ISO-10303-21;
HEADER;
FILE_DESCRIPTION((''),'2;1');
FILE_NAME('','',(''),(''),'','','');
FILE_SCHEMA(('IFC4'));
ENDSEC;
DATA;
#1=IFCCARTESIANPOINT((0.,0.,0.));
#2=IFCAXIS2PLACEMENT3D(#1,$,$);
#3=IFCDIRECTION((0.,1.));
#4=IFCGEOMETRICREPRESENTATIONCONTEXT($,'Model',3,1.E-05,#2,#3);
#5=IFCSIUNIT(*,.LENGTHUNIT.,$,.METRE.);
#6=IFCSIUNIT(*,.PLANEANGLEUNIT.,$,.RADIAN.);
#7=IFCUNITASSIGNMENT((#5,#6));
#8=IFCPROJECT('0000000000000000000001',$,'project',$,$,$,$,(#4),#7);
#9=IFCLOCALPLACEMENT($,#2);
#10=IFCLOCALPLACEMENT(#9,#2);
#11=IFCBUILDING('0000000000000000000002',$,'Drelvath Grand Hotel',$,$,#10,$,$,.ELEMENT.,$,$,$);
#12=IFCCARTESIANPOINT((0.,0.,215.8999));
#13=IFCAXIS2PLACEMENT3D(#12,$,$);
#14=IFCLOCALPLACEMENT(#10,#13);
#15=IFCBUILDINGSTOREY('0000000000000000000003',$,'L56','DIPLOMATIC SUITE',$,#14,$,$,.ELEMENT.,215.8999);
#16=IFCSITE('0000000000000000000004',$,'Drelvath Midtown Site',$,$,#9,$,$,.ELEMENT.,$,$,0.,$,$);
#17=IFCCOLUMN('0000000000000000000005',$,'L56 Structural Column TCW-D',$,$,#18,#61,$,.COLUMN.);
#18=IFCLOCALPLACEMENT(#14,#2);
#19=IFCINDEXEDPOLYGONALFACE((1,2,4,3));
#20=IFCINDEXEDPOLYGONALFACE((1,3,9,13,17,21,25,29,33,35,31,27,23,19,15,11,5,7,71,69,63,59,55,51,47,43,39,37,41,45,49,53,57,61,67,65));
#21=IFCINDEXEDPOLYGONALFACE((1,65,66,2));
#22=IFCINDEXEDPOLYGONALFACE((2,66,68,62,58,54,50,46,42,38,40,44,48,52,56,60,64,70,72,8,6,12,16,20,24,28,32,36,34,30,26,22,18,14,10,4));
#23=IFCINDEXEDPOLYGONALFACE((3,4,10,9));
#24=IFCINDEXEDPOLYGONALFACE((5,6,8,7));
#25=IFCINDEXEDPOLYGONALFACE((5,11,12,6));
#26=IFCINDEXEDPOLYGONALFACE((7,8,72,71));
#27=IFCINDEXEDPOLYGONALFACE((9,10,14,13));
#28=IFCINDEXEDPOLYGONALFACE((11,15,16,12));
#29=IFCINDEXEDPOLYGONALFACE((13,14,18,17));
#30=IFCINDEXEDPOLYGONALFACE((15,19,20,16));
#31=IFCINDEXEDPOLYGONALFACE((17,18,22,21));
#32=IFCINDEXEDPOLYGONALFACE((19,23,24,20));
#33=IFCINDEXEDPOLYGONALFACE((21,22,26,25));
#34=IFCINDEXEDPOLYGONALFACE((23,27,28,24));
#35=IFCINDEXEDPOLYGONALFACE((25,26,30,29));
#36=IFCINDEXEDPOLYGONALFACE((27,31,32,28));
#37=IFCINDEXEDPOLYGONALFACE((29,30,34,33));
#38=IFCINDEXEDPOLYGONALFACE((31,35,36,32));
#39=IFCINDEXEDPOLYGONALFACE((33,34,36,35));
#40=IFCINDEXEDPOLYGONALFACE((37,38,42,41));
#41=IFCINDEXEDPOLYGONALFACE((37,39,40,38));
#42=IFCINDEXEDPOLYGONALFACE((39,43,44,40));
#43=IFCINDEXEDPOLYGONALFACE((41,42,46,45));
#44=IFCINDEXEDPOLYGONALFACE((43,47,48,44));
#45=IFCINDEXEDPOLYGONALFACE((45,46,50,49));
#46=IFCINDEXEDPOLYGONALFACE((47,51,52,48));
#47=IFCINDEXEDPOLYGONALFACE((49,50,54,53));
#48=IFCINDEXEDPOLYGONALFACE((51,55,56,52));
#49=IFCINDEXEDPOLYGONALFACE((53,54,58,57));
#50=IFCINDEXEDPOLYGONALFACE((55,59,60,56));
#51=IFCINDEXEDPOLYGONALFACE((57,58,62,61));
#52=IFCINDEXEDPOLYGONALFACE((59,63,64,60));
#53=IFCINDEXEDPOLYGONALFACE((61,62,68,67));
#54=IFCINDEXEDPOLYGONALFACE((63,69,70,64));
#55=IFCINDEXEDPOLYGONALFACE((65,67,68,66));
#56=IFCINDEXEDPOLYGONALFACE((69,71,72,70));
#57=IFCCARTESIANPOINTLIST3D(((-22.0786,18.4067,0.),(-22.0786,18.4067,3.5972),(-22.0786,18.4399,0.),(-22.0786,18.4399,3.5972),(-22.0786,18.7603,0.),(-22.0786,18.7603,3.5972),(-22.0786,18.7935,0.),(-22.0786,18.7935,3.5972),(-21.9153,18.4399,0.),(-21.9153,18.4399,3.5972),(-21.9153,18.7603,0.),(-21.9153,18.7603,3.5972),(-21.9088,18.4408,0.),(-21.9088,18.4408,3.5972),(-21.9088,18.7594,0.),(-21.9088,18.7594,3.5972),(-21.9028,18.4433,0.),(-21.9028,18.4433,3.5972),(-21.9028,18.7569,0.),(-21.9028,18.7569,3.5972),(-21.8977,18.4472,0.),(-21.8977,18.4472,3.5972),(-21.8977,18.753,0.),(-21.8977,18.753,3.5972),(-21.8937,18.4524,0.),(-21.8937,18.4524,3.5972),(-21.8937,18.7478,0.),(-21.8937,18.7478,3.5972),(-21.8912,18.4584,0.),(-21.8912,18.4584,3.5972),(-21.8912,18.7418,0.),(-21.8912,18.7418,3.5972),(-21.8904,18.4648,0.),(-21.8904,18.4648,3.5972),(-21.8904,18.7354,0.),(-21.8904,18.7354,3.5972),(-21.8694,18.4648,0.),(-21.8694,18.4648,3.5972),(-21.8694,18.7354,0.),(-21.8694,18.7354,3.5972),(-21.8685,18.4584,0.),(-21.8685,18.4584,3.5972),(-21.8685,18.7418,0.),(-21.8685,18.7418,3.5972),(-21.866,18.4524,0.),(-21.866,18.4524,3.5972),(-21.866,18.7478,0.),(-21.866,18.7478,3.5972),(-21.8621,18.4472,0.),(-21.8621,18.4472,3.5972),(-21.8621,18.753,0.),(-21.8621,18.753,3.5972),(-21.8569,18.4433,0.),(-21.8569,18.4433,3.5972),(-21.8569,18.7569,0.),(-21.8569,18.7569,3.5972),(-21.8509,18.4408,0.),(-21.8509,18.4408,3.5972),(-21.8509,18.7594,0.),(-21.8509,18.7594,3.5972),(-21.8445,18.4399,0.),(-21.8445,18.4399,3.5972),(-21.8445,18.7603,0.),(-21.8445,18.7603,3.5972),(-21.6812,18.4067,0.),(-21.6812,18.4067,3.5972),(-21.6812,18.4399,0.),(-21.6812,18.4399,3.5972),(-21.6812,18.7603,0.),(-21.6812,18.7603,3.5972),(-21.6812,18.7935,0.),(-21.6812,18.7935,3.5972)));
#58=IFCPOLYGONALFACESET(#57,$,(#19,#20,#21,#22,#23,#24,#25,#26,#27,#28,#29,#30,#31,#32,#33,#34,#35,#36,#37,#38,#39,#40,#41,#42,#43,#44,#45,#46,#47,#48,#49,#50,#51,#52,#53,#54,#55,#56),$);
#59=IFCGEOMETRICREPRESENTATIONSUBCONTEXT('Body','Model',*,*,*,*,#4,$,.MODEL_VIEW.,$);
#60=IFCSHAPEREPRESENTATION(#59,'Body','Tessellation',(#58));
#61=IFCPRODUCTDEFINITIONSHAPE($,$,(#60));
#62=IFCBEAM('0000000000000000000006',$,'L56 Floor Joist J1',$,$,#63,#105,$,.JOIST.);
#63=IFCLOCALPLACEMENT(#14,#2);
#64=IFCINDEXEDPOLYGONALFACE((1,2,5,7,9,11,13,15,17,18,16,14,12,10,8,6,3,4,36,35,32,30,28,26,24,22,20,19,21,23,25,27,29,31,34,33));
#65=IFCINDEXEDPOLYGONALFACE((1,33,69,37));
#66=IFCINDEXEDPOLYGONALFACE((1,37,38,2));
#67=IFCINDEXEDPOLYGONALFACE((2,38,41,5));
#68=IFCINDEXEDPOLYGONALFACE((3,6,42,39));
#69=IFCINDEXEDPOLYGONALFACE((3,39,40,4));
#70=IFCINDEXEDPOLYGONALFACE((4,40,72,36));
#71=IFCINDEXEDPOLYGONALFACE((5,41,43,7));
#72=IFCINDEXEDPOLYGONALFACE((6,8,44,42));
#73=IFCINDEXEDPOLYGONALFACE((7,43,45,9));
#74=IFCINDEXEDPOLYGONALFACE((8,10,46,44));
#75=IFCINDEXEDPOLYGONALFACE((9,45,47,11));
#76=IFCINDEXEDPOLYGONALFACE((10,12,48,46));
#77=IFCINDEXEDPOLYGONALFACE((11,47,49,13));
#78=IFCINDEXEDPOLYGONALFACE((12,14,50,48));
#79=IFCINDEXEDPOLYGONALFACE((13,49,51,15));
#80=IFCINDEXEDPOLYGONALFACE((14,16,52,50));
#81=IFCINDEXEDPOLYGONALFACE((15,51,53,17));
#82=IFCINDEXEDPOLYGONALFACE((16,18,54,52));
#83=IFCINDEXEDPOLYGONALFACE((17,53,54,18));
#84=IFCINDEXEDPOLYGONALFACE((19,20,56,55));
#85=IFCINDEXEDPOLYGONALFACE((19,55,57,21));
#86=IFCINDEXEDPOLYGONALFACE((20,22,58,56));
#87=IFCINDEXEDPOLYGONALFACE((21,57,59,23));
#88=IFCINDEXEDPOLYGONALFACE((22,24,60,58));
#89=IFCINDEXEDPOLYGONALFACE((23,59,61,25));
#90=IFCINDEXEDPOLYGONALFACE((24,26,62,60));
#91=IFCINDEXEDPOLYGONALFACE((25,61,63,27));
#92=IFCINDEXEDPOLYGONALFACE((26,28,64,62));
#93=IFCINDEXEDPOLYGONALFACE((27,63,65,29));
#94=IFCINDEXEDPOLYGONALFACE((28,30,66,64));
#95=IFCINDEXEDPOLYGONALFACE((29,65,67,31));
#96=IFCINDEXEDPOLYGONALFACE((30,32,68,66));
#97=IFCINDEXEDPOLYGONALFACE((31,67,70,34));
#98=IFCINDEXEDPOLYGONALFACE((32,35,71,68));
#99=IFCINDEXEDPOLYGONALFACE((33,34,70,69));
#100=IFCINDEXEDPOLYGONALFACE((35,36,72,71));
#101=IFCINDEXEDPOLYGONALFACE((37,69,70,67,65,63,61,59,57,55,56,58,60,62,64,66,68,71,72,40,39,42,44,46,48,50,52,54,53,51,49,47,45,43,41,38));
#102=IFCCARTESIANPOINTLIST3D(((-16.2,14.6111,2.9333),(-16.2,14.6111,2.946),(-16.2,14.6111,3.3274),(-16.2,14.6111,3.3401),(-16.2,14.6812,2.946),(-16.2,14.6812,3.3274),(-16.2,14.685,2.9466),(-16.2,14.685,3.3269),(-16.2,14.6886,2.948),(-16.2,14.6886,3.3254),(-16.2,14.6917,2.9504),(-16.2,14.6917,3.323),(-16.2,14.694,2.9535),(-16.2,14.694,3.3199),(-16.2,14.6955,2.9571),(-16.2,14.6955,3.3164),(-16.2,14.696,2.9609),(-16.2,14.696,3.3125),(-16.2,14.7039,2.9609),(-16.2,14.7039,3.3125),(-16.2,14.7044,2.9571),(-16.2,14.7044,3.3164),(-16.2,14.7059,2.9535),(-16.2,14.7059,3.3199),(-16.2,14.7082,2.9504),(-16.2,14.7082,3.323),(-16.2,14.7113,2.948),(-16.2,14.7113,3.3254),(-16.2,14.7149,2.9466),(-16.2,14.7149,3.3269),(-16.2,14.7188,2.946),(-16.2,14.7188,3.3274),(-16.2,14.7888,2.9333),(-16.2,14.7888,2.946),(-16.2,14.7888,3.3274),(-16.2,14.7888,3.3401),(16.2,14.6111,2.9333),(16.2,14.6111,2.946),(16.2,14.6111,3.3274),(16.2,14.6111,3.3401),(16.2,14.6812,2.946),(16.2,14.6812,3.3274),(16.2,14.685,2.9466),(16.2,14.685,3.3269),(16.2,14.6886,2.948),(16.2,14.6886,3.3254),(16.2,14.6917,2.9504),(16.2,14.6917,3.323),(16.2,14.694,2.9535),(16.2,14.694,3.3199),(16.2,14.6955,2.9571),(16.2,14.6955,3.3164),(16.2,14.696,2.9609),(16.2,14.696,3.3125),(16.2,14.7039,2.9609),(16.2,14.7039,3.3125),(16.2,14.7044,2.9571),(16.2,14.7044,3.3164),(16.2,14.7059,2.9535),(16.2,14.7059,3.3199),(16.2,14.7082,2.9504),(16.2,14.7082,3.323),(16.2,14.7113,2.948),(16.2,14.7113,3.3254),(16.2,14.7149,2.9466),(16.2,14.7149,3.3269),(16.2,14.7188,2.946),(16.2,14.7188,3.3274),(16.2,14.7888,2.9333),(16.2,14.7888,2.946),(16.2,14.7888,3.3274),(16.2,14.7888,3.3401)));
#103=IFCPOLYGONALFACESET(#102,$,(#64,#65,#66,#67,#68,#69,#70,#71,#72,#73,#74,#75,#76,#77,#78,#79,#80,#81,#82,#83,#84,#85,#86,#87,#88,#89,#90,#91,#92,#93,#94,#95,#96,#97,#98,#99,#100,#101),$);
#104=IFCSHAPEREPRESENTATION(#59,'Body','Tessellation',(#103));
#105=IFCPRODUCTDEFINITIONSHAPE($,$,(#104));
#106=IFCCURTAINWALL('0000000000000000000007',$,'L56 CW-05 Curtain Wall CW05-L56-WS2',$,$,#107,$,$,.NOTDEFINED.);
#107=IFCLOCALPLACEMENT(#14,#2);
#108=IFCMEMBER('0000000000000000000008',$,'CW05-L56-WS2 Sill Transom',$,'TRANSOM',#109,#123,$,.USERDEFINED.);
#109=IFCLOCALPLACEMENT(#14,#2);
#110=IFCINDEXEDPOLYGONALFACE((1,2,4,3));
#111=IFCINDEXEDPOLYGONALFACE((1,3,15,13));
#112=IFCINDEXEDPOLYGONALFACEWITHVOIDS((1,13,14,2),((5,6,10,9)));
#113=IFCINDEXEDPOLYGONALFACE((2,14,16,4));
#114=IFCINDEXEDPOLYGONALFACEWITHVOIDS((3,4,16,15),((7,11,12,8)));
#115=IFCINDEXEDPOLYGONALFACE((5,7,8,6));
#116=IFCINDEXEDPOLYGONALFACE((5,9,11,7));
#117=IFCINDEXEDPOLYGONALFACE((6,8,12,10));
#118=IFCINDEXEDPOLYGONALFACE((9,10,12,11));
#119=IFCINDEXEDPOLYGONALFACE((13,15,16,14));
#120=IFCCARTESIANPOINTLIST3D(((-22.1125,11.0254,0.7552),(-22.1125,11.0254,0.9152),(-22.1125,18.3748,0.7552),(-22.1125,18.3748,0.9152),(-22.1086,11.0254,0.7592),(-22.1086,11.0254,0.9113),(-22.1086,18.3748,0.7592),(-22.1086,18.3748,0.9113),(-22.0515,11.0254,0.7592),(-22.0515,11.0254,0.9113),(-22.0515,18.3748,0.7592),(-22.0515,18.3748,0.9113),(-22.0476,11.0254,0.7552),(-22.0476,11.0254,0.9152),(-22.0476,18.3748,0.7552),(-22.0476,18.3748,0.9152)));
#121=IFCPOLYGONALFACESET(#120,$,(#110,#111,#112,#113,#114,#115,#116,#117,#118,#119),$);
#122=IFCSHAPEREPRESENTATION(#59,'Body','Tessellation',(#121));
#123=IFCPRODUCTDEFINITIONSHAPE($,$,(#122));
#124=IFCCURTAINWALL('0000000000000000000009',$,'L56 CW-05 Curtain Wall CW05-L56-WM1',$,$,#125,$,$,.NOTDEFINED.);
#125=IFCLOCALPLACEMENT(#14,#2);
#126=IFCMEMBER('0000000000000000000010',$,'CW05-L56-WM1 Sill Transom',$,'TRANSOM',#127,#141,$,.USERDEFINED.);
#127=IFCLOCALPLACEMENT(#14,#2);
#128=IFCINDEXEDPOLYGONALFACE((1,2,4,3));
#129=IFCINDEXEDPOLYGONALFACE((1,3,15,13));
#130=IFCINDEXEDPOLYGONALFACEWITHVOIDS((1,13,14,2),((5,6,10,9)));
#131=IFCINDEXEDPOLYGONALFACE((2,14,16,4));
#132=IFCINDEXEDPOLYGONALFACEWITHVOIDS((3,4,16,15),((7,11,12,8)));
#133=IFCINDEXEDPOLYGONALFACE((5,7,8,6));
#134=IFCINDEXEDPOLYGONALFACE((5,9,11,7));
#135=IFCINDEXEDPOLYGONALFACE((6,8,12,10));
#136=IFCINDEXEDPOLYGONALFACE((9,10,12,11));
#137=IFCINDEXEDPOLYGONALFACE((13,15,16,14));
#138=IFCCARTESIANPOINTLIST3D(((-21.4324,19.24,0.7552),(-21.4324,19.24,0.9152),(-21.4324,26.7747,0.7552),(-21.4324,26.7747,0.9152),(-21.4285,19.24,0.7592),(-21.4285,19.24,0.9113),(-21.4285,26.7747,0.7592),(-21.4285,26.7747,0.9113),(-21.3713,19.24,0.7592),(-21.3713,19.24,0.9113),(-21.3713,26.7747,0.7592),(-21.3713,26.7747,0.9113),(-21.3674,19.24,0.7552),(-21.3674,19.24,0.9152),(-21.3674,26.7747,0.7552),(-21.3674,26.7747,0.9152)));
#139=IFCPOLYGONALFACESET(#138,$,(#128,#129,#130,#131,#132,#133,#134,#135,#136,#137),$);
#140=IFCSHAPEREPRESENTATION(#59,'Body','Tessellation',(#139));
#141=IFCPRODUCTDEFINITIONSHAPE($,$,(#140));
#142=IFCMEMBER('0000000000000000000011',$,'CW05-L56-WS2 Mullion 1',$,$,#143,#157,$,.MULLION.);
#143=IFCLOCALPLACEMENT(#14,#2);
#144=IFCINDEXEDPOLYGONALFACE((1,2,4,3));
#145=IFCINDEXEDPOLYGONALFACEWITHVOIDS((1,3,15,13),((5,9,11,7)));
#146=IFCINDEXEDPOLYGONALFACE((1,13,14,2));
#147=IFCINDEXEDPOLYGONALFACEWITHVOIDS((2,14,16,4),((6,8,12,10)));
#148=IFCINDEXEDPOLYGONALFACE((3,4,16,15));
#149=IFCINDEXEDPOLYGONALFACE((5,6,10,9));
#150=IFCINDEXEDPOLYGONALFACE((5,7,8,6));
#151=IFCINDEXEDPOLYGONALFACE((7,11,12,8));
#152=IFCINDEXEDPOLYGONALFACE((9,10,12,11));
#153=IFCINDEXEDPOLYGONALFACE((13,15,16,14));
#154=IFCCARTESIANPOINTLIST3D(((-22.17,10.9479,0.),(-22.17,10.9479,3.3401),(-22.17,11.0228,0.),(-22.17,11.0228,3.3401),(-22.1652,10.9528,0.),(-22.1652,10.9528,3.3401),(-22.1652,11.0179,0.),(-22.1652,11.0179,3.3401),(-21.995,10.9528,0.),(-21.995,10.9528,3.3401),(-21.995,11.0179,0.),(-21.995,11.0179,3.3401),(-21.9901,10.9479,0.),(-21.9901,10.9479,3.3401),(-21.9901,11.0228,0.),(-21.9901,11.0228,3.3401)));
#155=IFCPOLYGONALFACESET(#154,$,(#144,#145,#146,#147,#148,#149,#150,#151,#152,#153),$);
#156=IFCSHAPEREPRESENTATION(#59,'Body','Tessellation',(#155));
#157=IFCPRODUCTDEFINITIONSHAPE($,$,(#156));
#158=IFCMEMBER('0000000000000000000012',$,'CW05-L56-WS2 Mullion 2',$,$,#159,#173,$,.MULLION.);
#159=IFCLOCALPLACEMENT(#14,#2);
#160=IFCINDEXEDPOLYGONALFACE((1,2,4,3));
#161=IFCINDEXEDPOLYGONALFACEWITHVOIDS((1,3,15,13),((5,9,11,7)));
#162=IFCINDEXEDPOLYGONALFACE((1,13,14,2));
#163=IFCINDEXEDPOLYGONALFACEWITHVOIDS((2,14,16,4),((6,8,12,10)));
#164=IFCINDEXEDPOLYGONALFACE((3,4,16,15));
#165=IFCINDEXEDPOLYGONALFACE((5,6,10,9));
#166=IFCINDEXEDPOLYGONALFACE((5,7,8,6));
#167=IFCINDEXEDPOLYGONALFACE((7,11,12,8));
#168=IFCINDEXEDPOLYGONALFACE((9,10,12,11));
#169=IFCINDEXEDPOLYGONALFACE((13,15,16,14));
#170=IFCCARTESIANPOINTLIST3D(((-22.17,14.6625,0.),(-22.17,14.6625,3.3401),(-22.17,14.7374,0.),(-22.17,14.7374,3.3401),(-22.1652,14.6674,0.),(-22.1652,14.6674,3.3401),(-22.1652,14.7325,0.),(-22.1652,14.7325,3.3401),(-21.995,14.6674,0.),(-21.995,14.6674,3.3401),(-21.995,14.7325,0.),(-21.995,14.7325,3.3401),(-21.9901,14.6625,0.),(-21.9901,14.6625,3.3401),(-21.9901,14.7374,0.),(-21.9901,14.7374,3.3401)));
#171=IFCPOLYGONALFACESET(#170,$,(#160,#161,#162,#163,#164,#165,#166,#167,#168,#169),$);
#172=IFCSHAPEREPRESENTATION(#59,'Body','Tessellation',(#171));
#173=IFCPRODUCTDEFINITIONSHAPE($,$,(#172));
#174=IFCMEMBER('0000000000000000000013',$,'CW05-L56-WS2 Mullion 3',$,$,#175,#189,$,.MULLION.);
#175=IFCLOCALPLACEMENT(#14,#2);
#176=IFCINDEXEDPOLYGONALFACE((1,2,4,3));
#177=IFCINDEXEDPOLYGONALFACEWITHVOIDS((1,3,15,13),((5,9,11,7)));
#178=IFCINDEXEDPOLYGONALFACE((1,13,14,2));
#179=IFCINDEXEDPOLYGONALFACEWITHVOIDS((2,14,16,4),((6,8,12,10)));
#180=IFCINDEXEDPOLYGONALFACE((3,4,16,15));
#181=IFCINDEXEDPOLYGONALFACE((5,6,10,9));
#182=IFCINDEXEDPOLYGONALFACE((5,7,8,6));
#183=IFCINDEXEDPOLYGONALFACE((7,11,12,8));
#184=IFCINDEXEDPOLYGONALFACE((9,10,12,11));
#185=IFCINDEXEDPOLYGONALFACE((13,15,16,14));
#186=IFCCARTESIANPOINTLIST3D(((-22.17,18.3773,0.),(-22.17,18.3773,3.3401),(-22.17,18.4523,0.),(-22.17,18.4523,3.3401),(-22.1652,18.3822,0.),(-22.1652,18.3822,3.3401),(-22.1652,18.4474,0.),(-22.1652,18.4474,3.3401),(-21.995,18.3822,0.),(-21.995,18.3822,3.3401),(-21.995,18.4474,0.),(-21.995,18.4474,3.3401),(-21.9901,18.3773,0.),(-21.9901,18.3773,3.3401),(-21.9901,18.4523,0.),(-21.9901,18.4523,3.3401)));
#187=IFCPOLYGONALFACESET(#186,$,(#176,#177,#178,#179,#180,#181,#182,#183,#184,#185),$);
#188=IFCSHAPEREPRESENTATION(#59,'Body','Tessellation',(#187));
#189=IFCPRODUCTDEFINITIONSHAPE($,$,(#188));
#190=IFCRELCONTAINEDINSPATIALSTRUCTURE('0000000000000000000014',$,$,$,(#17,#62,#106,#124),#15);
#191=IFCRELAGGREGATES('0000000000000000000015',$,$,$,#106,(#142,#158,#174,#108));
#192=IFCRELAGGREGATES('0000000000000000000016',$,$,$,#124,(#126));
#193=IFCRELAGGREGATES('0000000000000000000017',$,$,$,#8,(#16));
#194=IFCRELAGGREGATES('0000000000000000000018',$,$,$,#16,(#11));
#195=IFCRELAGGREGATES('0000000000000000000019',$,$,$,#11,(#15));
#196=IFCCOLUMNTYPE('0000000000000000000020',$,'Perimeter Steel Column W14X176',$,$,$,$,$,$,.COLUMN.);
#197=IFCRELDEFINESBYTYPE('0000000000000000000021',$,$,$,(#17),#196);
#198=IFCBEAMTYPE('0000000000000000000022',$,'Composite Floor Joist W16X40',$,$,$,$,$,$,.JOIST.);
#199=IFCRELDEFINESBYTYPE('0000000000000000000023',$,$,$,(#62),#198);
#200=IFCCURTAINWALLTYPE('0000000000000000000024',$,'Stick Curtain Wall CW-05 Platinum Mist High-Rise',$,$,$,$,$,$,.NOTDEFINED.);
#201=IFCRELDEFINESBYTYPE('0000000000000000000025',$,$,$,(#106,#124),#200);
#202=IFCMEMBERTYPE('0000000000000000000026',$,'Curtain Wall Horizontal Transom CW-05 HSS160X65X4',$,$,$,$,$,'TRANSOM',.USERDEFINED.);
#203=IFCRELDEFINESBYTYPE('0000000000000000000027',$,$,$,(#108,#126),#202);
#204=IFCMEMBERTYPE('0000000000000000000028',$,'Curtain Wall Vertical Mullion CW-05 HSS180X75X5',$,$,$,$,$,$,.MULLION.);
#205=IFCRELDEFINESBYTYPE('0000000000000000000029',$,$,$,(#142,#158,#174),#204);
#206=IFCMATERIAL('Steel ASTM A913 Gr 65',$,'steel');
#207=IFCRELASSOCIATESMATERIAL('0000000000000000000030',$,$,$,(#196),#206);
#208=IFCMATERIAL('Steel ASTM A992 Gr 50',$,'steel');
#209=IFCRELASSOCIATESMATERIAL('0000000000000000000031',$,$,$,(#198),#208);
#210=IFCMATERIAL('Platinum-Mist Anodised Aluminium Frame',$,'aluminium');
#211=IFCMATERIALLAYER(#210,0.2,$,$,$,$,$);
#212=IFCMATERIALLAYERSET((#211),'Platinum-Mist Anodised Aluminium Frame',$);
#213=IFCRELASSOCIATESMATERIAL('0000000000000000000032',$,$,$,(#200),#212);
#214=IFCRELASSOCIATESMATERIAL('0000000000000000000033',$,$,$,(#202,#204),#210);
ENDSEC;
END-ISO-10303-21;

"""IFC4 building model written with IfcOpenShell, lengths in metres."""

from ifc_helpers import new_model, si_unit, direction, frame, origin, origin_2d, place, context, subcontext, project, spatial, hollow_rectangle, i_section, extrude, material, layer, layer_set, material_profile, profile_set, type_object, element, aggregate, save


model = new_model("IFC4")

# Units and contexts
model_context = context("Model", 3, precision=1e-05, world=origin(), true_north=direction((0.0, 1.0)))
body_context = subcontext(model_context, "Body", "Model", "MODEL_VIEW")
ifc_project = project(units=[si_unit("LENGTHUNIT", "METRE"), si_unit("PLANEANGLEUNIT", "RADIAN")], contexts=[model_context])

# Site, building, storey
site_placement = place(None, origin())
site = spatial("IfcSite", under=ifc_project, at=site_placement, Name="Drelvath Midtown Site", CompositionType="ELEMENT", RefElevation=0.0)
building_placement = place(site_placement, origin())
building = spatial("IfcBuilding", under=site, at=building_placement, Name="Drelvath Grand Hotel", CompositionType="ELEMENT")
storey_placement = place(building_placement, frame((0.0, 0.0, 215.8999)))
storey = spatial("IfcBuildingStorey", under=building, at=storey_placement, Name="L56", Description="DIPLOMATIC SUITE", CompositionType="ELEMENT", Elevation=215.8999)

# Column
ifc_material_1 = material(Name="Steel ASTM A913 Gr 65", Category="steel")
ifc_material_profile_1 = material_profile(ifc_material_1, i_section(OverallWidth=0.3975, OverallDepth=0.3867, WebThickness=0.021, FlangeThickness=0.0332, FilletRadius=0.0249, at=origin_2d()), Name="W14X176")
ifc_profile_set_1 = profile_set([ifc_material_profile_1], Name="Steel ASTM A913 Gr 65")
column_type = type_object("IfcColumnType", Name="Perimeter Steel Column W14X176", PredefinedType="COLUMN", material=ifc_profile_set_1)
column_placement = place(storey_placement, frame((-21.8799, 18.6001, 0.0), z_axis=(0.0, 0.0, 1.0), x_axis=(1.0, 0.0, 0.0)))
element("IfcColumn", 1, at=column_placement, inside=storey, type_object=column_type, Name="L56 Structural Column TCW-D", PredefinedType="COLUMN", context=body_context, shape_type="SweptSolid", body=[
    extrude(i_section(OverallWidth=0.3975, OverallDepth=0.3867, WebThickness=0.021, FlangeThickness=0.0332, FilletRadius=0.0249, at=origin_2d()), origin(), (0.0, 0.0, 1.0), 3.5972),
])

# Beam
ifc_material_2 = material(Name="Steel ASTM A992 Gr 50", Category="steel")
ifc_material_profile_2 = material_profile(ifc_material_2, i_section(OverallWidth=0.1777, OverallDepth=0.4067, WebThickness=0.0078, FlangeThickness=0.0127, FilletRadius=0.0149, at=origin_2d()), Name="W16X40")
ifc_profile_set_2 = profile_set([ifc_material_profile_2], Name="Steel ASTM A992 Gr 50")
beam_type_1 = type_object("IfcBeamType", Name="Composite Floor Joist W16X40", PredefinedType="JOIST", material=ifc_profile_set_2)
beam_1_placement = place(storey_placement, frame((-16.2, 14.7, 3.1367), z_axis=(1.0, 0.0, 0.0), x_axis=(0.0, 1.0, 0.0)))
element("IfcBeam", 2, at=beam_1_placement, inside=storey, type_object=beam_type_1, Name="L56 Floor Joist J1", PredefinedType="JOIST", context=body_context, shape_type="SweptSolid", body=[
    extrude(i_section(OverallWidth=0.1777, OverallDepth=0.4067, WebThickness=0.0078, FlangeThickness=0.0127, FilletRadius=0.0149, at=origin_2d()), origin(), (0.0, 0.0, 1.0), 32.3999),
])

# Curtain walls, members
ifc_material_3 = material(Name="Platinum-Mist Anodised Aluminium Frame", Category="aluminium")
ifc_layer_1 = layer(ifc_material_3, 0.2)
ifc_layer_set_1 = layer_set([ifc_layer_1], Name="Platinum-Mist Anodised Aluminium Frame")
curtain_wall_type = type_object("IfcCurtainWallType", Name="Stick Curtain Wall CW-05 Platinum Mist High-Rise", PredefinedType="NOTDEFINED", material=ifc_layer_set_1)
curtain_wall_1_placement = place(storey_placement, origin())
curtain_wall_1 = element("IfcCurtainWall", 3, at=curtain_wall_1_placement, inside=storey, type_object=curtain_wall_type, Name="L56 CW-05 Curtain Wall CW05-L56-WS2", PredefinedType="NOTDEFINED")
ifc_material_profile_3 = material_profile(ifc_material_3, hollow_rectangle(XDim=0.0649, YDim=0.1599, WallThickness=0.0039, at=origin_2d()), Name="HSS160X65X4")
ifc_profile_set_3 = profile_set([ifc_material_profile_3], Name="Platinum-Mist Anodised Aluminium Frame")
member_type_1 = type_object("IfcMemberType", Name="Curtain Wall Horizontal Transom CW-05 HSS160X65X4", ElementType="TRANSOM", PredefinedType="USERDEFINED", material=ifc_profile_set_3)
member_1_placement = place(storey_placement, frame((-22.0801, 11.0254, 0.8352), z_axis=(0.0, 1.0, 0.0), x_axis=(-1.0, 0.0, 0.0)))
member_1 = element("IfcMember", 4, at=member_1_placement, type_object=member_type_1, Name="CW05-L56-WS2 Sill Transom", ObjectType="TRANSOM", PredefinedType="USERDEFINED", context=body_context, shape_type="SweptSolid", body=[
    extrude(hollow_rectangle(XDim=0.0649, YDim=0.1599, WallThickness=0.0039, at=origin_2d()), origin(), (0.0, 0.0, 1.0), 7.3494),
])
curtain_wall_2_placement = place(storey_placement, origin())
curtain_wall_2 = element("IfcCurtainWall", 5, at=curtain_wall_2_placement, inside=storey, type_object=curtain_wall_type, Name="L56 CW-05 Curtain Wall CW05-L56-WM1", PredefinedType="NOTDEFINED")
member_2_placement = place(storey_placement, frame((-21.3999, 19.24, 0.8352), z_axis=(0.0, 1.0, 0.0), x_axis=(-1.0, 0.0, 0.0)))
member_2 = element("IfcMember", 6, at=member_2_placement, type_object=member_type_1, Name="CW05-L56-WM1 Sill Transom", ObjectType="TRANSOM", PredefinedType="USERDEFINED", context=body_context, shape_type="SweptSolid", body=[
    extrude(hollow_rectangle(XDim=0.0649, YDim=0.1599, WallThickness=0.0039, at=origin_2d()), origin(), (0.0, 0.0, 1.0), 7.5347),
])

# Members
ifc_material_profile_4 = material_profile(ifc_material_3, hollow_rectangle(XDim=0.075, YDim=0.1799, WallThickness=0.0049, at=origin_2d()), Name="HSS180X75X5")
ifc_profile_set_4 = profile_set([ifc_material_profile_4], Name="Platinum-Mist Anodised Aluminium Frame")
member_type_2 = type_object("IfcMemberType", Name="Curtain Wall Vertical Mullion CW-05 HSS180X75X5", PredefinedType="MULLION", material=ifc_profile_set_4)
member_3_placement = place(storey_placement, frame((-22.0801, 10.9854, 0.0), z_axis=(0.0, 0.0, 1.0), x_axis=(0.0, 1.0, 0.0)))
member_3 = element("IfcMember", 7, at=member_3_placement, type_object=member_type_2, Name="CW05-L56-WS2 Mullion 1", PredefinedType="MULLION", context=body_context, shape_type="SweptSolid", body=[
    extrude(hollow_rectangle(XDim=0.075, YDim=0.1799, WallThickness=0.0049, at=origin_2d()), origin(), (0.0, 0.0, 1.0), 3.3401),
])
member_4_placement = place(storey_placement, frame((-22.0801, 14.7, 0.0), z_axis=(0.0, 0.0, 1.0), x_axis=(0.0, 1.0, 0.0)))
member_4 = element("IfcMember", 8, at=member_4_placement, type_object=member_type_2, Name="CW05-L56-WS2 Mullion 2", PredefinedType="MULLION", context=body_context, shape_type="SweptSolid", body=[
    extrude(hollow_rectangle(XDim=0.075, YDim=0.1799, WallThickness=0.0049, at=origin_2d()), origin(), (0.0, 0.0, 1.0), 3.3401),
])
member_5_placement = place(storey_placement, frame((-22.0801, 18.4148, 0.0), z_axis=(0.0, 0.0, 1.0), x_axis=(0.0, 1.0, 0.0)))
member_5 = element("IfcMember", 9, at=member_5_placement, type_object=member_type_2, Name="CW05-L56-WS2 Mullion 3", PredefinedType="MULLION", context=body_context, shape_type="SweptSolid", body=[
    extrude(hollow_rectangle(XDim=0.075, YDim=0.1799, WallThickness=0.0049, at=origin_2d()), origin(), (0.0, 0.0, 1.0), 3.3401),
])

aggregate(curtain_wall_1, [member_3, member_4, member_5, member_1])
aggregate(curtain_wall_2, [member_2])

save(model, "model.ifc")
